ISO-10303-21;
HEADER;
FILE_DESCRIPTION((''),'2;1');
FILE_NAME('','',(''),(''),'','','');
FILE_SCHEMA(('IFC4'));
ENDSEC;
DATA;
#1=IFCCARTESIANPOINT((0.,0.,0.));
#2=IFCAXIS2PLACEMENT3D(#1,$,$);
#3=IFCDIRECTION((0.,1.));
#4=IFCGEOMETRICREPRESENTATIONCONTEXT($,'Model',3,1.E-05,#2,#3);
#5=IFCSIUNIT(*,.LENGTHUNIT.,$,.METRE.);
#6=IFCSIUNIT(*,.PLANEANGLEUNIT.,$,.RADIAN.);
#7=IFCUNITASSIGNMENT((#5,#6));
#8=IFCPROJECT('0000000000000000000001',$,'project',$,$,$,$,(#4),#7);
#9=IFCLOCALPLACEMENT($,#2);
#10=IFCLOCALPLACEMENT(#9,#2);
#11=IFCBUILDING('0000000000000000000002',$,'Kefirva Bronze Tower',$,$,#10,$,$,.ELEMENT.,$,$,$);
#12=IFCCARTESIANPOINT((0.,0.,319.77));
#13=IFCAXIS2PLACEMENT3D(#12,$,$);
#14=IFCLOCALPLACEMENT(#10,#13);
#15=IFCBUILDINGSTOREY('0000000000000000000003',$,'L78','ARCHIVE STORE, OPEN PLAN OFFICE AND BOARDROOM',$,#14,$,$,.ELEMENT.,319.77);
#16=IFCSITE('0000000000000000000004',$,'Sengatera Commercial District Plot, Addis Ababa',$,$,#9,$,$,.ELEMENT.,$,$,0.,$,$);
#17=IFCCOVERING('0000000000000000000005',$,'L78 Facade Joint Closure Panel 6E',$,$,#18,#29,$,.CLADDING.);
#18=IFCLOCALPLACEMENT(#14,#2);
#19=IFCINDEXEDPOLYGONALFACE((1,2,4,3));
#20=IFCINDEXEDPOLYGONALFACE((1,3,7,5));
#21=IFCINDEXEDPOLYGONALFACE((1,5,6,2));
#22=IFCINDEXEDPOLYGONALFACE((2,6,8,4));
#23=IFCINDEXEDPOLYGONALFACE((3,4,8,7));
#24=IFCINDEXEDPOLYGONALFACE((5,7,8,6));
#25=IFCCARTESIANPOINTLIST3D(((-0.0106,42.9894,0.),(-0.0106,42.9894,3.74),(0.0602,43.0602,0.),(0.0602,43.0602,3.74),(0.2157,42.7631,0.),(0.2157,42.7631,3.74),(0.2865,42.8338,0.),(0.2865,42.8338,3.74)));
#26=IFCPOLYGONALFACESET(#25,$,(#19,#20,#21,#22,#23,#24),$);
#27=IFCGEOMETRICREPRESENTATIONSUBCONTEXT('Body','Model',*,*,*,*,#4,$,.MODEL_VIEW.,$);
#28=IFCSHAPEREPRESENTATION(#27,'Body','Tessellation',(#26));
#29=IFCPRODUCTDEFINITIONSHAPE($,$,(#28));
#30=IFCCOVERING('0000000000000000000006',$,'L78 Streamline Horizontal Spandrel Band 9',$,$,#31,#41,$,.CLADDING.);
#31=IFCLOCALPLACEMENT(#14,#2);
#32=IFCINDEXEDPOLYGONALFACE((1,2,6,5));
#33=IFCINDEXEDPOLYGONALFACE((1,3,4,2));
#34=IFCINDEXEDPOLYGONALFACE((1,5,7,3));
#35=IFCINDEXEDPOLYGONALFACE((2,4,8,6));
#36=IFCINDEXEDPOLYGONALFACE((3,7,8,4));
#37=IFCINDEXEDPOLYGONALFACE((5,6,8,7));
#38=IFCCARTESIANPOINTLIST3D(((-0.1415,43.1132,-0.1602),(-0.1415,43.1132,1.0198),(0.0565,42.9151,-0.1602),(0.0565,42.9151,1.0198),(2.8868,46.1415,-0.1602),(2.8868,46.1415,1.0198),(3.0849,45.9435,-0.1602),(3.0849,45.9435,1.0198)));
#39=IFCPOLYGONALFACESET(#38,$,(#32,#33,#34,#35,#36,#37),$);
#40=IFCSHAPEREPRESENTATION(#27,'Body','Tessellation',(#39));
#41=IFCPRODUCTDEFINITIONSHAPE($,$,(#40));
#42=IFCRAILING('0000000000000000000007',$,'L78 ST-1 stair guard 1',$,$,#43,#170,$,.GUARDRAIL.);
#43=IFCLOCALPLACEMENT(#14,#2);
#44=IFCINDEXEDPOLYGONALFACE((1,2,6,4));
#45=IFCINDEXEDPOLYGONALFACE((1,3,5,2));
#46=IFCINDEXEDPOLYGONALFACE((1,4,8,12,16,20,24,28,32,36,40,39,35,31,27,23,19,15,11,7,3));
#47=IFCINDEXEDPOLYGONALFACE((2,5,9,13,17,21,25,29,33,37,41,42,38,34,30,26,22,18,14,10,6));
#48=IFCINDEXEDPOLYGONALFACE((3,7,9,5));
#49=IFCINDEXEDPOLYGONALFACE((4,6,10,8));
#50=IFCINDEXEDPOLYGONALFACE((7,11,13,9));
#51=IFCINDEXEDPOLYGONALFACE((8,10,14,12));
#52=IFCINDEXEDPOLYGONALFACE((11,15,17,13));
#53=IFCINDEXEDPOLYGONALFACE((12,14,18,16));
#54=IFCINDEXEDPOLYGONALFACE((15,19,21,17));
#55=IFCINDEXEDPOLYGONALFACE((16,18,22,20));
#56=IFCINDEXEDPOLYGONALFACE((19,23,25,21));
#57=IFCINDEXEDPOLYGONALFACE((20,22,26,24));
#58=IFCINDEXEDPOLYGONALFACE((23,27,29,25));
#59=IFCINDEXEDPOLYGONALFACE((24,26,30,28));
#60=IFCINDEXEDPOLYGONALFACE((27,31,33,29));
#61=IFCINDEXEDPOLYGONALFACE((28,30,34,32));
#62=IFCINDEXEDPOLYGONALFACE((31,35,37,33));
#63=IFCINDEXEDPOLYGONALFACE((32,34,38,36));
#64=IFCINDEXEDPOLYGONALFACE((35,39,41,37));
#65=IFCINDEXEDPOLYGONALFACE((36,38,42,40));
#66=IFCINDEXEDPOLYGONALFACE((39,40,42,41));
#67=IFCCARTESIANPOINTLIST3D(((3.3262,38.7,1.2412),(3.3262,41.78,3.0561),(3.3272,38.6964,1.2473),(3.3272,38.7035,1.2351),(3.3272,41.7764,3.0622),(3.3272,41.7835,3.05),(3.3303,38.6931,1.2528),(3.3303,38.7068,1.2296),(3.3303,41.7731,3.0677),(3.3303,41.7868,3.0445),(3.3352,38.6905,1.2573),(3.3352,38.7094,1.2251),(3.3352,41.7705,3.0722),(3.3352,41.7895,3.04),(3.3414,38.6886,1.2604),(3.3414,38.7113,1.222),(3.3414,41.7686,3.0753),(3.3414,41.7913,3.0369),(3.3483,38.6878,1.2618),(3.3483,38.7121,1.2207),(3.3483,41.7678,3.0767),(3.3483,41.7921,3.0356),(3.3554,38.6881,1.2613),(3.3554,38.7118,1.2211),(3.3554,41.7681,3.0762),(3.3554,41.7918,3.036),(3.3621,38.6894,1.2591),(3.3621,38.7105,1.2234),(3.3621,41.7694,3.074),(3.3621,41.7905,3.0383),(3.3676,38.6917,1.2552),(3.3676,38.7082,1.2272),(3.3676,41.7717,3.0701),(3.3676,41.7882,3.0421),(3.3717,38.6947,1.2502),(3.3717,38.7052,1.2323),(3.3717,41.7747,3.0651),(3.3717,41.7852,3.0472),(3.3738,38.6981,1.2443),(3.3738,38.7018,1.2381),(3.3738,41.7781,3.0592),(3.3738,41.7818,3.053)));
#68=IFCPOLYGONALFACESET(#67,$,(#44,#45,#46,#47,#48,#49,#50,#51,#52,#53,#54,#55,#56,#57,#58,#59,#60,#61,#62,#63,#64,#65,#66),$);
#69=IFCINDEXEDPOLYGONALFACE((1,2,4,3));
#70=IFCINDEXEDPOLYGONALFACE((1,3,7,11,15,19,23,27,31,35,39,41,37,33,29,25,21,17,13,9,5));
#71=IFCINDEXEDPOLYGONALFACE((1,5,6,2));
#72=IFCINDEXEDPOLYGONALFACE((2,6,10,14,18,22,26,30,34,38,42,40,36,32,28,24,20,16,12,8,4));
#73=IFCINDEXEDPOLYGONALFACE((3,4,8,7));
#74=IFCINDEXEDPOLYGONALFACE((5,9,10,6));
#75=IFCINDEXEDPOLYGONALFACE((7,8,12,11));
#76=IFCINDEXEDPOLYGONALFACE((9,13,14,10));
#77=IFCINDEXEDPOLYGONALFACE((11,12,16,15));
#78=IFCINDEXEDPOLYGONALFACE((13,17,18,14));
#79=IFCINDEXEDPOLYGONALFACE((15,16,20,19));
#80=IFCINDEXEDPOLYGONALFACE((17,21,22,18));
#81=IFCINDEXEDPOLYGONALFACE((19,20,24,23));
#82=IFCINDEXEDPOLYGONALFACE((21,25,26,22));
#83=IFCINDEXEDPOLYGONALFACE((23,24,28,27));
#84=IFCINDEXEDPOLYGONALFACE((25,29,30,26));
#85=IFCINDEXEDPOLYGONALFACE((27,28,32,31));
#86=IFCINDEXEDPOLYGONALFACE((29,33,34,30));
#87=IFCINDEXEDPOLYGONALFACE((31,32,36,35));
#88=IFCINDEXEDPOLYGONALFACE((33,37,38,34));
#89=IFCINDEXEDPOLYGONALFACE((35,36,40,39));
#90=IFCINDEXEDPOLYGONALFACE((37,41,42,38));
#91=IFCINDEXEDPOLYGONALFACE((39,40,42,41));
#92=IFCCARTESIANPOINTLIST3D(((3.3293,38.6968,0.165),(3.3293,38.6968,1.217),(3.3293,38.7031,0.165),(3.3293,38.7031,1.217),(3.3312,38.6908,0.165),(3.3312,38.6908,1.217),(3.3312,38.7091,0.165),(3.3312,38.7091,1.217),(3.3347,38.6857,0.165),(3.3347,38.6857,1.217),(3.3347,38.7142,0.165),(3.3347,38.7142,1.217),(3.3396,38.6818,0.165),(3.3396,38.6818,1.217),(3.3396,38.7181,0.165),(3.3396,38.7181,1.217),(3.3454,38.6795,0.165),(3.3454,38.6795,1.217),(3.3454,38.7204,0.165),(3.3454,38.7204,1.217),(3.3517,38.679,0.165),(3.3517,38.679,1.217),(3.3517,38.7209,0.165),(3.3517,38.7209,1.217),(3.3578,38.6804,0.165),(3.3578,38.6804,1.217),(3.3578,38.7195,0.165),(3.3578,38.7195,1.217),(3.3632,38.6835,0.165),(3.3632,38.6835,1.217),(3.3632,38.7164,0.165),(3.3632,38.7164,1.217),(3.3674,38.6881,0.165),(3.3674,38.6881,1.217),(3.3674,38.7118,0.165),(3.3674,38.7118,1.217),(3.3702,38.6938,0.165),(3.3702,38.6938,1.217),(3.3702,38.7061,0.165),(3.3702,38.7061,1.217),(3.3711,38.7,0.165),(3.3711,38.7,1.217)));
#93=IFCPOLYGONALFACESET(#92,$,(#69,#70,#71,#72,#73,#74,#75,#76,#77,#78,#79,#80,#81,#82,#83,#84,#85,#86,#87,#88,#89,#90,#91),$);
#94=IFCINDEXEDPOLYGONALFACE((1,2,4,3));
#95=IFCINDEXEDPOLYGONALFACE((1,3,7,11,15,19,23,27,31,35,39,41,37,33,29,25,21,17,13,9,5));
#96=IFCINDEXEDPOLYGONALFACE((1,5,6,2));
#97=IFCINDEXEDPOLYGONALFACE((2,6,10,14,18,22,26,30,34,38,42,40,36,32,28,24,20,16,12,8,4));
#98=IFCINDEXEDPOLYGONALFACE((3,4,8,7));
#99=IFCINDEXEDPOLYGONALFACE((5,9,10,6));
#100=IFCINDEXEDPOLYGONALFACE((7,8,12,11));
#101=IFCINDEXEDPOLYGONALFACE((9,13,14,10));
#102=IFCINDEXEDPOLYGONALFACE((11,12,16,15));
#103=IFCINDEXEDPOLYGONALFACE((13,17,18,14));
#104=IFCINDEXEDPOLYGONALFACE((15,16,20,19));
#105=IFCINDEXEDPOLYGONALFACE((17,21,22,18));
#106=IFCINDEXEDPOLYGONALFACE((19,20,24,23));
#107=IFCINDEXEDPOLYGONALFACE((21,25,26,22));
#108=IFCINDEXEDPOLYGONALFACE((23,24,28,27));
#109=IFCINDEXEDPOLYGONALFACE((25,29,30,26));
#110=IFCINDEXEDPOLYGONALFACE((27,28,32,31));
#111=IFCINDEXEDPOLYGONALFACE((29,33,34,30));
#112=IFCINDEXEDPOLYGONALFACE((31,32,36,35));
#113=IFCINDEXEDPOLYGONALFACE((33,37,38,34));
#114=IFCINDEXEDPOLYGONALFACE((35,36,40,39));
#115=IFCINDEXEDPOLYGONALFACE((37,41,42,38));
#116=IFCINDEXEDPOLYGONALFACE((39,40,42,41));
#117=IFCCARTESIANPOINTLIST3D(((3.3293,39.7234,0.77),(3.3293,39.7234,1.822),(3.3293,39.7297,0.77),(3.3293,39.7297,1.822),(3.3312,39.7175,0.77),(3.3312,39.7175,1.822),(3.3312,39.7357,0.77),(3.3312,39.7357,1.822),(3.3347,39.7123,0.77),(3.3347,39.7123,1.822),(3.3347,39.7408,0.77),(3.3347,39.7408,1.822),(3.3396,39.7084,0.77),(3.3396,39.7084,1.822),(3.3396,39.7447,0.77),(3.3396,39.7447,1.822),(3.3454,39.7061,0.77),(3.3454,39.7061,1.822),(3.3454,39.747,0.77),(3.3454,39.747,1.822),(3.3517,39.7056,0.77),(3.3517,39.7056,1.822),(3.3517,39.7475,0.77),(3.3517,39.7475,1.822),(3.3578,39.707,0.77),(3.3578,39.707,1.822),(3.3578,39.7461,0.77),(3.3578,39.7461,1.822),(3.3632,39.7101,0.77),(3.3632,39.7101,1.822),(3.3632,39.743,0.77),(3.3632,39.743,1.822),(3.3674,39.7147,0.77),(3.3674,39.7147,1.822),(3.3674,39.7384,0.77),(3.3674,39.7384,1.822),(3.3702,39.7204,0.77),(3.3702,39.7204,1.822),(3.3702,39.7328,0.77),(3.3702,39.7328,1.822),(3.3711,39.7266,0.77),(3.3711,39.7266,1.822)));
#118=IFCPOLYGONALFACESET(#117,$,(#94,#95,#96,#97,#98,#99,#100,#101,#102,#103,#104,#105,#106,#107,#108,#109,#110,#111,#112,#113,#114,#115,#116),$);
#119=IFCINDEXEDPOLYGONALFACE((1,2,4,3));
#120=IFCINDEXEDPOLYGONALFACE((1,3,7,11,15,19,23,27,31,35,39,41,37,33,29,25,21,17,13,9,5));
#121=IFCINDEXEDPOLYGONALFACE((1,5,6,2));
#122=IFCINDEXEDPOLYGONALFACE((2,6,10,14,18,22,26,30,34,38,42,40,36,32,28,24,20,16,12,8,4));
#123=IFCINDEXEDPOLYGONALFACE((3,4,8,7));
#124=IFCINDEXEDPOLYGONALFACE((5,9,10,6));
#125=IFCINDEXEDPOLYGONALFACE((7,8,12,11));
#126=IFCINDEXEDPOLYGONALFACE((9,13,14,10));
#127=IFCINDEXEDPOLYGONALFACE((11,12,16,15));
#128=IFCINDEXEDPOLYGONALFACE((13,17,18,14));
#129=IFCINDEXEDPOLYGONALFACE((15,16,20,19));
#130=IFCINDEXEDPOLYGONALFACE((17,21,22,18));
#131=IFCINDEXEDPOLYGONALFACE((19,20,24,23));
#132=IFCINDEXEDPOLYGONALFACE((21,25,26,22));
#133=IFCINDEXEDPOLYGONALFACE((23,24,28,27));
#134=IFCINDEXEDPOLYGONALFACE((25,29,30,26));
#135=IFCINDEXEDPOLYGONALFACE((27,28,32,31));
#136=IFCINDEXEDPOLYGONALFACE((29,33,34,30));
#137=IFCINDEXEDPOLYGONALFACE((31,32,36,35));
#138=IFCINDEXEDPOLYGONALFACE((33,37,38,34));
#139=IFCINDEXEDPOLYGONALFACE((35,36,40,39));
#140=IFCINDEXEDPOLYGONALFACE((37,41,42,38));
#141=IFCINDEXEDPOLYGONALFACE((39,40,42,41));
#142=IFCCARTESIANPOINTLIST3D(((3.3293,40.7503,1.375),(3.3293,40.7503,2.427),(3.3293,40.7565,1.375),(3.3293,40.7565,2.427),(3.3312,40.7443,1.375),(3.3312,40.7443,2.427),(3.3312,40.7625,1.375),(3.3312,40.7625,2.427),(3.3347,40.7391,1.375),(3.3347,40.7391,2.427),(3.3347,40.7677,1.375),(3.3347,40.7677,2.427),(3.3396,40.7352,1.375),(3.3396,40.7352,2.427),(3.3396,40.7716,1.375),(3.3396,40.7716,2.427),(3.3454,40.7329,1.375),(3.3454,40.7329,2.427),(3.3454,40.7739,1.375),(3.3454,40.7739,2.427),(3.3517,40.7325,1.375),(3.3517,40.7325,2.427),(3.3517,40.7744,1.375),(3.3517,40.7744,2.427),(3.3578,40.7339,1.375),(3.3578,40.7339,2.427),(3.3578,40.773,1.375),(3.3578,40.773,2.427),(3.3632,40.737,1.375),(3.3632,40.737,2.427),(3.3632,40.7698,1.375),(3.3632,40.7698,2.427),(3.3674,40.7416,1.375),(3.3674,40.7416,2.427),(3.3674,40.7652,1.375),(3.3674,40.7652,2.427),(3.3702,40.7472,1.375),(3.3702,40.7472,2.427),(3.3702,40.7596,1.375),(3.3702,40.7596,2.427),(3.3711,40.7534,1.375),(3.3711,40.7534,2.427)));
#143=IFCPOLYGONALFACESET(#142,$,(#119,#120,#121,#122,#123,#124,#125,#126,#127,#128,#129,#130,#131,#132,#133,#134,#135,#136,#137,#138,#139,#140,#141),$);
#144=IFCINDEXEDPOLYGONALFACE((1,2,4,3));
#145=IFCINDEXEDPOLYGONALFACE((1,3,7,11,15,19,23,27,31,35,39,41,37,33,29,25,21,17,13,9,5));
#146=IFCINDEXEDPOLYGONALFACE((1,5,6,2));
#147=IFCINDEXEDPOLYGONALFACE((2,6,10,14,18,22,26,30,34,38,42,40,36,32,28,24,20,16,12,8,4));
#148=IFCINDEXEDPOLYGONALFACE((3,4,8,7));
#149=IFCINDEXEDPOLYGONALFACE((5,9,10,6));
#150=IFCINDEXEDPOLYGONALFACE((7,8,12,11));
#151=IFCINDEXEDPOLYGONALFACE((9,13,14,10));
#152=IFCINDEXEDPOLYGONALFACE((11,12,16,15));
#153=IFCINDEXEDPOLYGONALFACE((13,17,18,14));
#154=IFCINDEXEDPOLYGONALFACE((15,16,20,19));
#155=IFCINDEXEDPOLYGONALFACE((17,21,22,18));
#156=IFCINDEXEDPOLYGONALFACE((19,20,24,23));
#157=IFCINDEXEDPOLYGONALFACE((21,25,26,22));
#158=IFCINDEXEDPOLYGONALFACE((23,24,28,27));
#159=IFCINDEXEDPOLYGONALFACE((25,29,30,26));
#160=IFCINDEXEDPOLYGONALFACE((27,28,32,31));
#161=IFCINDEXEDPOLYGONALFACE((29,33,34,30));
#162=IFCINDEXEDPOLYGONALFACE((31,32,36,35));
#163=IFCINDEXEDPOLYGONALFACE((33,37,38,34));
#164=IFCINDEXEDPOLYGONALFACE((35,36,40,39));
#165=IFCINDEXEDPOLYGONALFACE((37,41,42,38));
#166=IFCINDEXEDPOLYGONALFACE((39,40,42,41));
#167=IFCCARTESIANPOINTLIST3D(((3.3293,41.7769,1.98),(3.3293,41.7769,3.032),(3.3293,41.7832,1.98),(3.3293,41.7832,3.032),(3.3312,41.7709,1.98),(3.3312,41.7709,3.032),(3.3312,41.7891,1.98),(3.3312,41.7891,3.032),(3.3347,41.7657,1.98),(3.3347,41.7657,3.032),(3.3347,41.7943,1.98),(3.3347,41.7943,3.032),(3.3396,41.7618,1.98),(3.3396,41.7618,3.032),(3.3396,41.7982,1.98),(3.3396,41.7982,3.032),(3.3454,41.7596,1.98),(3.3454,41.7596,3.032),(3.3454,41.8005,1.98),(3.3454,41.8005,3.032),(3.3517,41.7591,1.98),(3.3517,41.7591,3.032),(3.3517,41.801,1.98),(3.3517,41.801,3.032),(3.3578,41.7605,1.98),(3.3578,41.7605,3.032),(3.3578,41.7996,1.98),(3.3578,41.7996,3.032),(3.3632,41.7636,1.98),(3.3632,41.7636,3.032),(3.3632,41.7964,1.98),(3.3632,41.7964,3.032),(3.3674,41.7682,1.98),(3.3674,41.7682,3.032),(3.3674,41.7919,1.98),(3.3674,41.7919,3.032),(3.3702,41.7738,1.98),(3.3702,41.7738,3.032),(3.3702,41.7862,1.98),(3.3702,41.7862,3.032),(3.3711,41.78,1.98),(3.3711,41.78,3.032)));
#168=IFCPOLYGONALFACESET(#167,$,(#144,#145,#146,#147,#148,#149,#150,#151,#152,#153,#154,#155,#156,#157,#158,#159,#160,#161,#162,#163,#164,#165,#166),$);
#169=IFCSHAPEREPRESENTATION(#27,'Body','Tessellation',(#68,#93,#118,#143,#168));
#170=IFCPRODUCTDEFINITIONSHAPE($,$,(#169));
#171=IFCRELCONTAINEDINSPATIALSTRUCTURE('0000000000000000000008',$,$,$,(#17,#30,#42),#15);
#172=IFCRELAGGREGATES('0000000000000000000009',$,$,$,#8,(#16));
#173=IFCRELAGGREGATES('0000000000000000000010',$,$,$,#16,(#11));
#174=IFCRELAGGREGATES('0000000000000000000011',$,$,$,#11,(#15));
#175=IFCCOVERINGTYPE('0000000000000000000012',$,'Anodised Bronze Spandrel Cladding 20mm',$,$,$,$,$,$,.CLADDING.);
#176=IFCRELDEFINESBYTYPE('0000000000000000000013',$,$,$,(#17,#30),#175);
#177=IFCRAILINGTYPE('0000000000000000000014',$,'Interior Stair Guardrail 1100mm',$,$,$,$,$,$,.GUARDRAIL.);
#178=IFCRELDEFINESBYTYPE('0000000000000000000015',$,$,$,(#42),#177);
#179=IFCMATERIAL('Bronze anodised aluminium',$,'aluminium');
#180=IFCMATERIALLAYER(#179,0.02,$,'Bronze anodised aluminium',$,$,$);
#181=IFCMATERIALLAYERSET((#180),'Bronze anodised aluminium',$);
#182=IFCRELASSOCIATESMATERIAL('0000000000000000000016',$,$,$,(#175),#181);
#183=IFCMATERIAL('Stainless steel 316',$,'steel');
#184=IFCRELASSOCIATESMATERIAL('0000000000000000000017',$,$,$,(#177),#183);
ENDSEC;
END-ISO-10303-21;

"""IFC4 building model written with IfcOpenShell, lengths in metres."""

from ifc_helpers import new_model, si_unit, direction, frame, origin, origin_2d, place, context, subcontext, project, spatial, rectangle, circle, extrude, material, layer, layer_set, type_object, element, save


model = new_model("IFC4")

# Units and contexts
model_context = context("Model", 3, precision=1e-05, world=origin(), true_north=direction((0.0, 1.0)))
body_context = subcontext(model_context, "Body", "Model", "MODEL_VIEW")
ifc_project = project(units=[si_unit("LENGTHUNIT", "METRE"), si_unit("PLANEANGLEUNIT", "RADIAN")], contexts=[model_context])

# Site, building, storey
site_placement = place(None, origin())
site = spatial("IfcSite", under=ifc_project, at=site_placement, Name="Sengatera Commercial District Plot, Addis Ababa", CompositionType="ELEMENT", RefElevation=0.0)
building_placement = place(site_placement, origin())
building = spatial("IfcBuilding", under=site, at=building_placement, Name="Kefirva Bronze Tower", CompositionType="ELEMENT")
storey_placement = place(building_placement, frame((0.0, 0.0, 319.77)))
storey = spatial("IfcBuildingStorey", under=building, at=storey_placement, Name="L78", Description="ARCHIVE STORE, OPEN PLAN OFFICE AND BOARDROOM", CompositionType="ELEMENT", Elevation=319.77)

# Coverings
ifc_material_1 = material(Name="Bronze anodised aluminium", Category="aluminium")
ifc_layer_1 = layer(ifc_material_1, 0.02, Name="Bronze anodised aluminium")
ifc_layer_set_1 = layer_set([ifc_layer_1], Name="Bronze anodised aluminium")
covering_type_1 = type_object("IfcCoveringType", Name="Anodised Bronze Spandrel Cladding 20mm", PredefinedType="CLADDING", material=ifc_layer_set_1)
for number, where, z_axis, x_axis, name in (
    (1, (0.1379, 42.9116, 0.0), (0.0, 0.0, 1.0), (-0.707107, -0.707107, 0.0), "L78 Facade Joint Closure Panel 6E"),
):
    element("IfcCovering", number, at=place(storey_placement, frame(where, z_axis=z_axis, x_axis=x_axis)), inside=storey, type_object=covering_type_1, Name=name, PredefinedType="CLADDING", context=body_context, shape_type="SweptSolid", body=[
        extrude(rectangle(XDim=0.1001, YDim=0.3201, at=origin_2d()), origin(), (0.0, 0.0, 1.0), 3.74),
    ])
covering_1_placement = place(storey_placement, frame((1.4717, 44.5283, -0.1602), z_axis=(0.0, 0.0, 1.0), x_axis=(-0.707107, -0.707107, 0.0)))
element("IfcCovering", 2, at=covering_1_placement, inside=storey, type_object=covering_type_1, Name="L78 Streamline Horizontal Spandrel Band 9", PredefinedType="CLADDING", context=body_context, shape_type="SweptSolid", body=[
    extrude(rectangle(XDim=4.2827, YDim=0.28, at=origin_2d()), origin(), (0.0, 0.0, 1.0), 1.1799),
])

# Railing
ifc_material_2 = material(Name="Stainless steel 316", Category="steel")
railing_type_1 = type_object("IfcRailingType", Name="Interior Stair Guardrail 1100mm", PredefinedType="GUARDRAIL", material=ifc_material_2)
railing_1_placement = place(storey_placement, frame((3.3501, 38.7, 0.165)))
element("IfcRailing", 3, at=railing_1_placement, inside=storey, type_object=railing_type_1, Name="L78 ST-1 stair guard 1", PredefinedType="GUARDRAIL", context=body_context, shape_type="SweptSolid", body=[
    extrude(circle(Radius=0.0239, at=origin_2d()), frame((0.0, 0.0, 1.0762), z_axis=(0.0, 0.861551, 0.507671), x_axis=(-1.0, 0.0, 0.0)), (0.0, 0.0, 1.0), 3.575),
    extrude(circle(Radius=0.021, at=origin_2d()), origin(), (0.0, 0.0, 1.0), 1.052),
    extrude(circle(Radius=0.021, at=origin_2d()), frame((0.0, 1.0266, 0.605)), (0.0, 0.0, 1.0), 1.052),
    extrude(circle(Radius=0.021, at=origin_2d()), frame((0.0, 2.0535, 1.21)), (0.0, 0.0, 1.0), 1.052),
    extrude(circle(Radius=0.021, at=origin_2d()), frame((0.0, 3.0801, 1.8149)), (0.0, 0.0, 1.0), 1.052),
])

save(model, "model.ifc")
